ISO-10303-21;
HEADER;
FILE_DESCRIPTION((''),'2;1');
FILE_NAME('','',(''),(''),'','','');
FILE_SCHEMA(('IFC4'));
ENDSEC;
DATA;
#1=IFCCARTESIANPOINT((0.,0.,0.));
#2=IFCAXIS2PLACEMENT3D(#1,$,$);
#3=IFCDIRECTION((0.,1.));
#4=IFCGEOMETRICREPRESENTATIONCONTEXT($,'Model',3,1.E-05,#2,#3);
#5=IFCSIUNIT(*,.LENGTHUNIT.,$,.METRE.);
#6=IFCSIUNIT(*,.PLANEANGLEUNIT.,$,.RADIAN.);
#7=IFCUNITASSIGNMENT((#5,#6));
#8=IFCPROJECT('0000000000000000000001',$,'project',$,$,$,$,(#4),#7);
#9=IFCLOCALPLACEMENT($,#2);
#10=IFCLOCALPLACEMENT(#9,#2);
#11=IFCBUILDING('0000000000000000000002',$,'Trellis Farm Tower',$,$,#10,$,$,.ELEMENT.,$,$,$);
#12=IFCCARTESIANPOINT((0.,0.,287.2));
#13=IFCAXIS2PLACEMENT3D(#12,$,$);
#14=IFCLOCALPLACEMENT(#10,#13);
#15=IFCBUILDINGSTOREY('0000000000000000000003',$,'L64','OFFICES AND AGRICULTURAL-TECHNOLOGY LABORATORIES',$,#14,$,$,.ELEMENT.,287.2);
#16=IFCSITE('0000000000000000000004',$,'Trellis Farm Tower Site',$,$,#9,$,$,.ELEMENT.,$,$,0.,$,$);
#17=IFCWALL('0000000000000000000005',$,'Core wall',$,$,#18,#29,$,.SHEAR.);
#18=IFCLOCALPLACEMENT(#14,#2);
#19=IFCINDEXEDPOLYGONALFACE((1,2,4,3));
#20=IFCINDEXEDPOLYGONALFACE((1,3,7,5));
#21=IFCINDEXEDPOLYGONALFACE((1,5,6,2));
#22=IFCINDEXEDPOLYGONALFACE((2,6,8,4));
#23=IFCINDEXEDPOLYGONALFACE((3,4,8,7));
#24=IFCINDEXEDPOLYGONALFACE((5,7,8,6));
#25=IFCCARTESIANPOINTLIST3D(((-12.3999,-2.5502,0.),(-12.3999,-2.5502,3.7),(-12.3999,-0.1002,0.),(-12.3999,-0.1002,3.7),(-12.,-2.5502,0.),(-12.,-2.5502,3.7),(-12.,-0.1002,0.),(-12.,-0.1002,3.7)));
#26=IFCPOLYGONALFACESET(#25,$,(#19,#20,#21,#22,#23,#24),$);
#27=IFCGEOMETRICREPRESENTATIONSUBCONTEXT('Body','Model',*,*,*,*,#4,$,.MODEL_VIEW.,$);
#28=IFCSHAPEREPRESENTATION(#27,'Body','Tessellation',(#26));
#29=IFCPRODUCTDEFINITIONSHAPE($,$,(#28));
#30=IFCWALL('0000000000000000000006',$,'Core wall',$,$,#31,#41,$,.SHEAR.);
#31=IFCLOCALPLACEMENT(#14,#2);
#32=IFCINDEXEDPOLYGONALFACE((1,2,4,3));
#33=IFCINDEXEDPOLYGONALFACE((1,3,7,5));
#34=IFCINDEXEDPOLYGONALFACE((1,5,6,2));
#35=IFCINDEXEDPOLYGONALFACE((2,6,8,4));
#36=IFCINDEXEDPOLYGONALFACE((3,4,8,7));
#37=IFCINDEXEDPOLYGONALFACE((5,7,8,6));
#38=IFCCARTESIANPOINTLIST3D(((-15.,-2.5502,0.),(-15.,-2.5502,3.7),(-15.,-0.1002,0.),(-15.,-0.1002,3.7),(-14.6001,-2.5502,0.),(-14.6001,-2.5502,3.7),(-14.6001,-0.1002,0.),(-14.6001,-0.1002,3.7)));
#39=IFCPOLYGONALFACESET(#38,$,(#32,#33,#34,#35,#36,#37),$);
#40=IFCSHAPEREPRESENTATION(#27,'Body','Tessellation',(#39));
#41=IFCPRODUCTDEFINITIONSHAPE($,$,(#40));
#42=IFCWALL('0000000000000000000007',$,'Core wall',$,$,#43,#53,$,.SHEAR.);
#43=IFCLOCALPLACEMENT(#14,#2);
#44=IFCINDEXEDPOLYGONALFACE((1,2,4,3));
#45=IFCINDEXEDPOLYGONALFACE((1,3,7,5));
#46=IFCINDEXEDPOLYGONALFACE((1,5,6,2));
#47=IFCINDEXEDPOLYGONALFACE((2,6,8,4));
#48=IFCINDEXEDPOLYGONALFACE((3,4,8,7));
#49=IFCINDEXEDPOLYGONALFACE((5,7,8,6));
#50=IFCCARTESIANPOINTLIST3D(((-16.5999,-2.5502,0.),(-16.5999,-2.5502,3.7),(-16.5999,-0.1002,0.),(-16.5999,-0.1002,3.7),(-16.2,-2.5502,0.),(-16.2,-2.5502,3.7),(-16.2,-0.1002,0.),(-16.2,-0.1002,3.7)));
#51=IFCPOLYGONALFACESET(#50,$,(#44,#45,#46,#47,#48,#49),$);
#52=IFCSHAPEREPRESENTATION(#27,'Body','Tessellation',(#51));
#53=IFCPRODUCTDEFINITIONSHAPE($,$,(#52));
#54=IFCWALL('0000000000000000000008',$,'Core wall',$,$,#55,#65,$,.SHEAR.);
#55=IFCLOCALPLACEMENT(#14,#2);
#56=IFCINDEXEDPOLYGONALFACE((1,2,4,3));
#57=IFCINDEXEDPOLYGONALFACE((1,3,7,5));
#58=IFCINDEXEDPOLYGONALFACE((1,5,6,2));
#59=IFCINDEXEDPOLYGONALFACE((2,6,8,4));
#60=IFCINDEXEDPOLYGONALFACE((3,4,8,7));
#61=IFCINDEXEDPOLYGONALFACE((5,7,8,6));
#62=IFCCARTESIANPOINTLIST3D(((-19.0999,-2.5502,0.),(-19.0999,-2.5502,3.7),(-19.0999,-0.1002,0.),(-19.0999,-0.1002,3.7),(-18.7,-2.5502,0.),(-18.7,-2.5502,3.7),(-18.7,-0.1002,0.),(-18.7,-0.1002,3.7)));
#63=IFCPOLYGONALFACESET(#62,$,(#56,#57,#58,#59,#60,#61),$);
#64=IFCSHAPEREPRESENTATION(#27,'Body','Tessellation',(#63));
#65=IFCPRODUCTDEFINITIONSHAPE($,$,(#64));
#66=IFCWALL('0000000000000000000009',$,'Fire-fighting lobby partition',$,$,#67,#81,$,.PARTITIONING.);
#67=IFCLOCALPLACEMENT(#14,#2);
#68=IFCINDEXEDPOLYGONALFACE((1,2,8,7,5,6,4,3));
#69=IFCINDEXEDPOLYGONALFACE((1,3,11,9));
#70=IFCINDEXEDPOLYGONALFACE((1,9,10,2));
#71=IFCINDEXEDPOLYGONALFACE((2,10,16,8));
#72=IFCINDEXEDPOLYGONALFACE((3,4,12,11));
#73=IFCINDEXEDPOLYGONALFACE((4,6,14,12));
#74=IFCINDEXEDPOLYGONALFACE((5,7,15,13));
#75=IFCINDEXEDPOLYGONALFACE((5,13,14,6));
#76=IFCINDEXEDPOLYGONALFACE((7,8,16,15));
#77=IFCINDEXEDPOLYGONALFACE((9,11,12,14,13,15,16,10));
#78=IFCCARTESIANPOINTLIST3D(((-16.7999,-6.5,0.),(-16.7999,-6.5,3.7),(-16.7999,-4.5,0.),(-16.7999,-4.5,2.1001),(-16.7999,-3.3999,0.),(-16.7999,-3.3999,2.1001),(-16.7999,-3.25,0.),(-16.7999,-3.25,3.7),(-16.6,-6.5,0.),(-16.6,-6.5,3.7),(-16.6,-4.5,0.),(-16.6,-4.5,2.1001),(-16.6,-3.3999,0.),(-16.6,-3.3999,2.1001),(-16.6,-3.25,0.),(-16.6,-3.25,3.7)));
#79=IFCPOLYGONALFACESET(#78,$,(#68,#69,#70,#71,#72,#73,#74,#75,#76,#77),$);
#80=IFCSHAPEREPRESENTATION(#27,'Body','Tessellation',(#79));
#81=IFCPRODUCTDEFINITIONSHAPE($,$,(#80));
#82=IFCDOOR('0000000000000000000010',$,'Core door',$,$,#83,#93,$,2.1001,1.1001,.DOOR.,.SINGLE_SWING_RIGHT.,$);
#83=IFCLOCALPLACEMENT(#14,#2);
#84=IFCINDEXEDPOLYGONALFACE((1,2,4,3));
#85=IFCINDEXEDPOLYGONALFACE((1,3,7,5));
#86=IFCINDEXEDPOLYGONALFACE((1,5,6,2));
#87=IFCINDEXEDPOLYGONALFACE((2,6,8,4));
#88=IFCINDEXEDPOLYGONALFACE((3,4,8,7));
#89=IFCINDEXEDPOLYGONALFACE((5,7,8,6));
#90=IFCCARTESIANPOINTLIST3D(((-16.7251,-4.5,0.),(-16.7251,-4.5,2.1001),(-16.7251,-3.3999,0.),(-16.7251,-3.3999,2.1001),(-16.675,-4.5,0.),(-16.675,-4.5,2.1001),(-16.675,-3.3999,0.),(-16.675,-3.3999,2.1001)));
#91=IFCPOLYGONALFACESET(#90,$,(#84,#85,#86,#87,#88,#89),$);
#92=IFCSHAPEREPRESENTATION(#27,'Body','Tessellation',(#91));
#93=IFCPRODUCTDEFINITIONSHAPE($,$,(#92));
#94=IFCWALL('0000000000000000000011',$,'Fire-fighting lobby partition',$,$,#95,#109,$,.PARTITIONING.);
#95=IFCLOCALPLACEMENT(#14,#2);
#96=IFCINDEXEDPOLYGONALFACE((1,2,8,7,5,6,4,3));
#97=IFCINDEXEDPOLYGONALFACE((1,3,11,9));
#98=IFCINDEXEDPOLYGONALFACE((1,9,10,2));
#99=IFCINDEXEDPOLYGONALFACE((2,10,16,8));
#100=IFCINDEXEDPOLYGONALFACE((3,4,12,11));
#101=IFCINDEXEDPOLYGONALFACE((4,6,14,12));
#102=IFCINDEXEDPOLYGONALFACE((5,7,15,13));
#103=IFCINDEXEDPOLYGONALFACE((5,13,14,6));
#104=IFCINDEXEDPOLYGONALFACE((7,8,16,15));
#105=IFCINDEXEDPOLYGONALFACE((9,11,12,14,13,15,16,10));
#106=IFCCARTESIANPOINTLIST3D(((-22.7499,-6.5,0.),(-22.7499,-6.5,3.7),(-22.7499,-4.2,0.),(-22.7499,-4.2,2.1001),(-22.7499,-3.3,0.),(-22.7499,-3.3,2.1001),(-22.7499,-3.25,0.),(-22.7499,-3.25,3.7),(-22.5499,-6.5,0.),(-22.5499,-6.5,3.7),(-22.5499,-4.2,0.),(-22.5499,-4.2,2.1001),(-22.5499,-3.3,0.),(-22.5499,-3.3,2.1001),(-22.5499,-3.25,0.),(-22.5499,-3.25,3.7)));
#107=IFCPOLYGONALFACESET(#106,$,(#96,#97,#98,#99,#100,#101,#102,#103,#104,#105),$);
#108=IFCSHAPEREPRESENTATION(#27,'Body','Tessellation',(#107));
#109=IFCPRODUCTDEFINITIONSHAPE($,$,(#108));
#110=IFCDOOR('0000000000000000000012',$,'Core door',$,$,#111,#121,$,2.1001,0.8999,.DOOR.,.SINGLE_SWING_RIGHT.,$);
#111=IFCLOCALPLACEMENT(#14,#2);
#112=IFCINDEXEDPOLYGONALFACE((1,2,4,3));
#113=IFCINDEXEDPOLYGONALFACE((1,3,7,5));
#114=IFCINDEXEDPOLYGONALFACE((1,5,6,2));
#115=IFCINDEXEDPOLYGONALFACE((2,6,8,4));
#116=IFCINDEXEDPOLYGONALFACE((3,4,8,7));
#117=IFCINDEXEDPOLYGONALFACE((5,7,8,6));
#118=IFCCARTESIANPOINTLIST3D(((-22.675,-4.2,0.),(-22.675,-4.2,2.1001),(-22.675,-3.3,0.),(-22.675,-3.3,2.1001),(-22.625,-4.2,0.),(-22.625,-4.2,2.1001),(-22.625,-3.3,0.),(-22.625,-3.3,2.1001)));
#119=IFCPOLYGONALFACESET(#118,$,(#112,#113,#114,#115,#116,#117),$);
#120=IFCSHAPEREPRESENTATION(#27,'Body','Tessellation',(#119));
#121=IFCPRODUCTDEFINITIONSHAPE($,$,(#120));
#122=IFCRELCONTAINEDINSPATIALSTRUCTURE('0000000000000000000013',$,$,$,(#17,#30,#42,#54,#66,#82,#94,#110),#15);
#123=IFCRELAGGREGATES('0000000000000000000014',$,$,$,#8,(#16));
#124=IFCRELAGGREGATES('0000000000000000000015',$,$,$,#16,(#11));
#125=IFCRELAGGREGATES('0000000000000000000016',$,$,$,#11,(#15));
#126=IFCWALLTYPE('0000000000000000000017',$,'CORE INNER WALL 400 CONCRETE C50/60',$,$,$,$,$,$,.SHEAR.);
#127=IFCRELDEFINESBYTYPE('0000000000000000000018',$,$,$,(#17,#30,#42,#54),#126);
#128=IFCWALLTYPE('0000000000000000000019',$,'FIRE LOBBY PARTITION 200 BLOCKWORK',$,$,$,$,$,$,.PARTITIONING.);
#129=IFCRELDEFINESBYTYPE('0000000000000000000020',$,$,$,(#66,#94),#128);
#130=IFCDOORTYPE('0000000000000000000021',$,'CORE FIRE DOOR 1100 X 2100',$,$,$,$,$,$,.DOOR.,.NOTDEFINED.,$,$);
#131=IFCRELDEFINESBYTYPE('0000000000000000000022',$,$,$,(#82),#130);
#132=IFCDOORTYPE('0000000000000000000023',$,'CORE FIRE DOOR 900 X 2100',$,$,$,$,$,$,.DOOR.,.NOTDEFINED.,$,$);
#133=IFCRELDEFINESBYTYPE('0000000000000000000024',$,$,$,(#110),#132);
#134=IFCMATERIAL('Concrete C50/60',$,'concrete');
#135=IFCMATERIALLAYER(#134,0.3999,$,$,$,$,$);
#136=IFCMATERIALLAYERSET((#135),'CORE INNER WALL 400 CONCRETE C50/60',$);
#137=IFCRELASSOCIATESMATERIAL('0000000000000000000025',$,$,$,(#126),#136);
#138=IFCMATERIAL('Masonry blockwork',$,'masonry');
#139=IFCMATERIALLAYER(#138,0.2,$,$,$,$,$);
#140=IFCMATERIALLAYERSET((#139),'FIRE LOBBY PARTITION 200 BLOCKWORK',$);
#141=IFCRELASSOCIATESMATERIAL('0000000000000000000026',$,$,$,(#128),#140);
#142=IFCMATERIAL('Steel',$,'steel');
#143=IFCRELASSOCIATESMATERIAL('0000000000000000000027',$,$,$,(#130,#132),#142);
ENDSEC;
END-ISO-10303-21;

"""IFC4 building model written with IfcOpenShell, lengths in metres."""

from ifc_helpers import new_model, si_unit, direction, frame, frame_2d, origin, place, context, subcontext, project, spatial, rectangle, extrude, source, transform, mapped, material, layer, layer_set, type_object, element, fill, save


model = new_model("IFC4")

# Units and contexts
model_context = context("Model", 3, precision=1e-05, world=origin(), true_north=direction((0.0, 1.0)))
body_context = subcontext(model_context, "Body", "Model", "MODEL_VIEW")
ifc_project = project(units=[si_unit("LENGTHUNIT", "METRE"), si_unit("PLANEANGLEUNIT", "RADIAN")], contexts=[model_context])

# Site, building, storey
site_placement = place(None, origin())
site = spatial("IfcSite", under=ifc_project, at=site_placement, Name="Trellis Farm Tower Site", CompositionType="ELEMENT", RefElevation=0.0)
building_placement = place(site_placement, origin())
building = spatial("IfcBuilding", under=site, at=building_placement, Name="Trellis Farm Tower", CompositionType="ELEMENT")
storey_placement = place(building_placement, frame((0.0, 0.0, 287.2)))
storey = spatial("IfcBuildingStorey", under=building, at=storey_placement, Name="L64", Description="OFFICES AND AGRICULTURAL-TECHNOLOGY LABORATORIES", CompositionType="ELEMENT", Elevation=287.2)

# Walls
ifc_material_1 = material(Name="Concrete C50/60", Category="concrete")
ifc_layer_1 = layer(ifc_material_1, 0.3999)
ifc_layer_set_1 = layer_set([ifc_layer_1], Name="CORE INNER WALL 400 CONCRETE C50/60")
wall_type_1 = type_object("IfcWallType", Name="CORE INNER WALL 400 CONCRETE C50/60", PredefinedType="SHEAR", material=ifc_layer_set_1)
shared_shape_1 = source(origin(), body_context, "Body", "SweptSolid", [
    extrude(rectangle(XDim=2.45, YDim=0.3999, at=frame_2d((1.2251, 0.0))), origin(), (0.0, 0.0, 1.0), 3.7),
])
for number, where, z_axis, x_axis, name in (
    (1, (-12.2, -0.1001, 0.0), (0.0, 0.0, 1.0), (0.0, -1.0, 0.0), "Core wall"),
    (2, (-14.8, -0.1001, 0.0), (0.0, 0.0, 1.0), (0.0, -1.0, 0.0), "Core wall"),
    (3, (-16.3999, -0.1001, 0.0), (0.0, 0.0, 1.0), (0.0, -1.0, 0.0), "Core wall"),
    (4, (-18.8999, -0.1001, 0.0), (0.0, 0.0, 1.0), (0.0, -1.0, 0.0), "Core wall"),
):
    element("IfcWall", number, at=place(storey_placement, frame(where, z_axis=z_axis, x_axis=x_axis)), inside=storey, type_object=wall_type_1, Name=name, PredefinedType="SHEAR", context=body_context, shape_type="MappedRepresentation", body=[
        mapped(shared_shape_1, transform((0.0, 0.0, 0.0))),
    ])

# Walls, openings, doors
ifc_material_2 = material(Name="Masonry blockwork", Category="masonry")
ifc_layer_2 = layer(ifc_material_2, 0.2)
ifc_layer_set_2 = layer_set([ifc_layer_2], Name="FIRE LOBBY PARTITION 200 BLOCKWORK")
wall_type_2 = type_object("IfcWallType", Name="FIRE LOBBY PARTITION 200 BLOCKWORK", PredefinedType="PARTITIONING", material=ifc_layer_set_2)
shared_shape_2 = source(origin(), body_context, "Body", "SweptSolid", [
    extrude(rectangle(XDim=3.25, YDim=0.2, at=frame_2d((1.625, 0.0))), origin(), (0.0, 0.0, 1.0), 3.7),
])
wall_1_placement = place(storey_placement, frame((-16.7, -3.25, 0.0), z_axis=(0.0, 0.0, 1.0), x_axis=(0.0, -1.0, 0.0)))
wall_1 = element("IfcWall", 5, at=wall_1_placement, inside=storey, type_object=wall_type_2, Name="Fire-fighting lobby partition", PredefinedType="PARTITIONING", context=body_context, shape_type="MappedRepresentation", body=[
    mapped(shared_shape_2, transform((0.0, 0.0, 0.0))),
])
shared_shape_3 = source(origin(), body_context, "Body", "SweptSolid", [
    extrude(rectangle(XDim=1.1001, YDim=2.1001, at=frame_2d((0.55, 1.05))), frame((0.0, 0.1101, 0.0), z_axis=(0.0, -1.0, 0.0), x_axis=(1.0, 0.0, 0.0)), (0.0, 0.0, 1.0), 0.2202),
])
opening_1_placement = place(wall_1_placement, frame((0.1499, 0.0, 0.0)))
opening_1 = element("IfcOpeningElement", 6, at=opening_1_placement, cuts=wall_1, PredefinedType="OPENING", context=body_context, shape_type="MappedRepresentation", body=[
    mapped(shared_shape_3, transform((0.0, 0.0, 0.0))),
])
ifc_material_3 = material(Name="Steel", Category="steel")
door_type_1 = type_object("IfcDoorType", Name="CORE FIRE DOOR 1100 X 2100", OperationType="NOTDEFINED", PredefinedType="DOOR", material=ifc_material_3)
shared_shape_4 = source(origin(), body_context, "Body", "SweptSolid", [
    extrude(rectangle(XDim=1.1001, YDim=2.1001, at=frame_2d((0.55, 1.05))), frame((0.0, 0.0249, 0.0), z_axis=(0.0, -1.0, 0.0), x_axis=(1.0, 0.0, 0.0)), (0.0, 0.0, 1.0), 0.05),
])
door_1_placement = place(opening_1_placement, origin())
door_1 = element("IfcDoor", 7, at=door_1_placement, inside=storey, type_object=door_type_1, Name="Core door", OperationType="SINGLE_SWING_RIGHT", OverallHeight=2.1001, OverallWidth=1.1001, PredefinedType="DOOR", context=body_context, shape_type="MappedRepresentation", body=[
    mapped(shared_shape_4, transform((0.0, 0.0, 0.0))),
])
fill(opening_1, door_1)
wall_2_placement = place(storey_placement, frame((-22.6499, -3.25, 0.0), z_axis=(0.0, 0.0, 1.0), x_axis=(0.0, -1.0, 0.0)))
wall_2 = element("IfcWall", 8, at=wall_2_placement, inside=storey, type_object=wall_type_2, Name="Fire-fighting lobby partition", PredefinedType="PARTITIONING", context=body_context, shape_type="MappedRepresentation", body=[
    mapped(shared_shape_2, transform((0.0, 0.0, 0.0))),
])
shared_shape_5 = source(origin(), body_context, "Body", "SweptSolid", [
    extrude(rectangle(XDim=0.8999, YDim=2.1001, at=frame_2d((0.45, 1.05))), frame((0.0, 0.1101, 0.0), z_axis=(0.0, -1.0, 0.0), x_axis=(1.0, 0.0, 0.0)), (0.0, 0.0, 1.0), 0.2202),
])
opening_2_placement = place(wall_2_placement, frame((0.05, 0.0, 0.0)))
opening_2 = element("IfcOpeningElement", 9, at=opening_2_placement, cuts=wall_2, PredefinedType="OPENING", context=body_context, shape_type="MappedRepresentation", body=[
    mapped(shared_shape_5, transform((0.0, 0.0, 0.0))),
])
door_type_2 = type_object("IfcDoorType", Name="CORE FIRE DOOR 900 X 2100", OperationType="NOTDEFINED", PredefinedType="DOOR", material=ifc_material_3)
shared_shape_6 = source(origin(), body_context, "Body", "SweptSolid", [
    extrude(rectangle(XDim=0.8999, YDim=2.1001, at=frame_2d((0.45, 1.05))), frame((0.0, 0.0249, 0.0), z_axis=(0.0, -1.0, 0.0), x_axis=(1.0, 0.0, 0.0)), (0.0, 0.0, 1.0), 0.05),
])
door_2_placement = place(opening_2_placement, origin())
door_2 = element("IfcDoor", 10, at=door_2_placement, inside=storey, type_object=door_type_2, Name="Core door", OperationType="SINGLE_SWING_RIGHT", OverallHeight=2.1001, OverallWidth=0.8999, PredefinedType="DOOR", context=body_context, shape_type="MappedRepresentation", body=[
    mapped(shared_shape_6, transform((0.0, 0.0, 0.0))),
])
fill(opening_2, door_2)

save(model, "model.ifc")
